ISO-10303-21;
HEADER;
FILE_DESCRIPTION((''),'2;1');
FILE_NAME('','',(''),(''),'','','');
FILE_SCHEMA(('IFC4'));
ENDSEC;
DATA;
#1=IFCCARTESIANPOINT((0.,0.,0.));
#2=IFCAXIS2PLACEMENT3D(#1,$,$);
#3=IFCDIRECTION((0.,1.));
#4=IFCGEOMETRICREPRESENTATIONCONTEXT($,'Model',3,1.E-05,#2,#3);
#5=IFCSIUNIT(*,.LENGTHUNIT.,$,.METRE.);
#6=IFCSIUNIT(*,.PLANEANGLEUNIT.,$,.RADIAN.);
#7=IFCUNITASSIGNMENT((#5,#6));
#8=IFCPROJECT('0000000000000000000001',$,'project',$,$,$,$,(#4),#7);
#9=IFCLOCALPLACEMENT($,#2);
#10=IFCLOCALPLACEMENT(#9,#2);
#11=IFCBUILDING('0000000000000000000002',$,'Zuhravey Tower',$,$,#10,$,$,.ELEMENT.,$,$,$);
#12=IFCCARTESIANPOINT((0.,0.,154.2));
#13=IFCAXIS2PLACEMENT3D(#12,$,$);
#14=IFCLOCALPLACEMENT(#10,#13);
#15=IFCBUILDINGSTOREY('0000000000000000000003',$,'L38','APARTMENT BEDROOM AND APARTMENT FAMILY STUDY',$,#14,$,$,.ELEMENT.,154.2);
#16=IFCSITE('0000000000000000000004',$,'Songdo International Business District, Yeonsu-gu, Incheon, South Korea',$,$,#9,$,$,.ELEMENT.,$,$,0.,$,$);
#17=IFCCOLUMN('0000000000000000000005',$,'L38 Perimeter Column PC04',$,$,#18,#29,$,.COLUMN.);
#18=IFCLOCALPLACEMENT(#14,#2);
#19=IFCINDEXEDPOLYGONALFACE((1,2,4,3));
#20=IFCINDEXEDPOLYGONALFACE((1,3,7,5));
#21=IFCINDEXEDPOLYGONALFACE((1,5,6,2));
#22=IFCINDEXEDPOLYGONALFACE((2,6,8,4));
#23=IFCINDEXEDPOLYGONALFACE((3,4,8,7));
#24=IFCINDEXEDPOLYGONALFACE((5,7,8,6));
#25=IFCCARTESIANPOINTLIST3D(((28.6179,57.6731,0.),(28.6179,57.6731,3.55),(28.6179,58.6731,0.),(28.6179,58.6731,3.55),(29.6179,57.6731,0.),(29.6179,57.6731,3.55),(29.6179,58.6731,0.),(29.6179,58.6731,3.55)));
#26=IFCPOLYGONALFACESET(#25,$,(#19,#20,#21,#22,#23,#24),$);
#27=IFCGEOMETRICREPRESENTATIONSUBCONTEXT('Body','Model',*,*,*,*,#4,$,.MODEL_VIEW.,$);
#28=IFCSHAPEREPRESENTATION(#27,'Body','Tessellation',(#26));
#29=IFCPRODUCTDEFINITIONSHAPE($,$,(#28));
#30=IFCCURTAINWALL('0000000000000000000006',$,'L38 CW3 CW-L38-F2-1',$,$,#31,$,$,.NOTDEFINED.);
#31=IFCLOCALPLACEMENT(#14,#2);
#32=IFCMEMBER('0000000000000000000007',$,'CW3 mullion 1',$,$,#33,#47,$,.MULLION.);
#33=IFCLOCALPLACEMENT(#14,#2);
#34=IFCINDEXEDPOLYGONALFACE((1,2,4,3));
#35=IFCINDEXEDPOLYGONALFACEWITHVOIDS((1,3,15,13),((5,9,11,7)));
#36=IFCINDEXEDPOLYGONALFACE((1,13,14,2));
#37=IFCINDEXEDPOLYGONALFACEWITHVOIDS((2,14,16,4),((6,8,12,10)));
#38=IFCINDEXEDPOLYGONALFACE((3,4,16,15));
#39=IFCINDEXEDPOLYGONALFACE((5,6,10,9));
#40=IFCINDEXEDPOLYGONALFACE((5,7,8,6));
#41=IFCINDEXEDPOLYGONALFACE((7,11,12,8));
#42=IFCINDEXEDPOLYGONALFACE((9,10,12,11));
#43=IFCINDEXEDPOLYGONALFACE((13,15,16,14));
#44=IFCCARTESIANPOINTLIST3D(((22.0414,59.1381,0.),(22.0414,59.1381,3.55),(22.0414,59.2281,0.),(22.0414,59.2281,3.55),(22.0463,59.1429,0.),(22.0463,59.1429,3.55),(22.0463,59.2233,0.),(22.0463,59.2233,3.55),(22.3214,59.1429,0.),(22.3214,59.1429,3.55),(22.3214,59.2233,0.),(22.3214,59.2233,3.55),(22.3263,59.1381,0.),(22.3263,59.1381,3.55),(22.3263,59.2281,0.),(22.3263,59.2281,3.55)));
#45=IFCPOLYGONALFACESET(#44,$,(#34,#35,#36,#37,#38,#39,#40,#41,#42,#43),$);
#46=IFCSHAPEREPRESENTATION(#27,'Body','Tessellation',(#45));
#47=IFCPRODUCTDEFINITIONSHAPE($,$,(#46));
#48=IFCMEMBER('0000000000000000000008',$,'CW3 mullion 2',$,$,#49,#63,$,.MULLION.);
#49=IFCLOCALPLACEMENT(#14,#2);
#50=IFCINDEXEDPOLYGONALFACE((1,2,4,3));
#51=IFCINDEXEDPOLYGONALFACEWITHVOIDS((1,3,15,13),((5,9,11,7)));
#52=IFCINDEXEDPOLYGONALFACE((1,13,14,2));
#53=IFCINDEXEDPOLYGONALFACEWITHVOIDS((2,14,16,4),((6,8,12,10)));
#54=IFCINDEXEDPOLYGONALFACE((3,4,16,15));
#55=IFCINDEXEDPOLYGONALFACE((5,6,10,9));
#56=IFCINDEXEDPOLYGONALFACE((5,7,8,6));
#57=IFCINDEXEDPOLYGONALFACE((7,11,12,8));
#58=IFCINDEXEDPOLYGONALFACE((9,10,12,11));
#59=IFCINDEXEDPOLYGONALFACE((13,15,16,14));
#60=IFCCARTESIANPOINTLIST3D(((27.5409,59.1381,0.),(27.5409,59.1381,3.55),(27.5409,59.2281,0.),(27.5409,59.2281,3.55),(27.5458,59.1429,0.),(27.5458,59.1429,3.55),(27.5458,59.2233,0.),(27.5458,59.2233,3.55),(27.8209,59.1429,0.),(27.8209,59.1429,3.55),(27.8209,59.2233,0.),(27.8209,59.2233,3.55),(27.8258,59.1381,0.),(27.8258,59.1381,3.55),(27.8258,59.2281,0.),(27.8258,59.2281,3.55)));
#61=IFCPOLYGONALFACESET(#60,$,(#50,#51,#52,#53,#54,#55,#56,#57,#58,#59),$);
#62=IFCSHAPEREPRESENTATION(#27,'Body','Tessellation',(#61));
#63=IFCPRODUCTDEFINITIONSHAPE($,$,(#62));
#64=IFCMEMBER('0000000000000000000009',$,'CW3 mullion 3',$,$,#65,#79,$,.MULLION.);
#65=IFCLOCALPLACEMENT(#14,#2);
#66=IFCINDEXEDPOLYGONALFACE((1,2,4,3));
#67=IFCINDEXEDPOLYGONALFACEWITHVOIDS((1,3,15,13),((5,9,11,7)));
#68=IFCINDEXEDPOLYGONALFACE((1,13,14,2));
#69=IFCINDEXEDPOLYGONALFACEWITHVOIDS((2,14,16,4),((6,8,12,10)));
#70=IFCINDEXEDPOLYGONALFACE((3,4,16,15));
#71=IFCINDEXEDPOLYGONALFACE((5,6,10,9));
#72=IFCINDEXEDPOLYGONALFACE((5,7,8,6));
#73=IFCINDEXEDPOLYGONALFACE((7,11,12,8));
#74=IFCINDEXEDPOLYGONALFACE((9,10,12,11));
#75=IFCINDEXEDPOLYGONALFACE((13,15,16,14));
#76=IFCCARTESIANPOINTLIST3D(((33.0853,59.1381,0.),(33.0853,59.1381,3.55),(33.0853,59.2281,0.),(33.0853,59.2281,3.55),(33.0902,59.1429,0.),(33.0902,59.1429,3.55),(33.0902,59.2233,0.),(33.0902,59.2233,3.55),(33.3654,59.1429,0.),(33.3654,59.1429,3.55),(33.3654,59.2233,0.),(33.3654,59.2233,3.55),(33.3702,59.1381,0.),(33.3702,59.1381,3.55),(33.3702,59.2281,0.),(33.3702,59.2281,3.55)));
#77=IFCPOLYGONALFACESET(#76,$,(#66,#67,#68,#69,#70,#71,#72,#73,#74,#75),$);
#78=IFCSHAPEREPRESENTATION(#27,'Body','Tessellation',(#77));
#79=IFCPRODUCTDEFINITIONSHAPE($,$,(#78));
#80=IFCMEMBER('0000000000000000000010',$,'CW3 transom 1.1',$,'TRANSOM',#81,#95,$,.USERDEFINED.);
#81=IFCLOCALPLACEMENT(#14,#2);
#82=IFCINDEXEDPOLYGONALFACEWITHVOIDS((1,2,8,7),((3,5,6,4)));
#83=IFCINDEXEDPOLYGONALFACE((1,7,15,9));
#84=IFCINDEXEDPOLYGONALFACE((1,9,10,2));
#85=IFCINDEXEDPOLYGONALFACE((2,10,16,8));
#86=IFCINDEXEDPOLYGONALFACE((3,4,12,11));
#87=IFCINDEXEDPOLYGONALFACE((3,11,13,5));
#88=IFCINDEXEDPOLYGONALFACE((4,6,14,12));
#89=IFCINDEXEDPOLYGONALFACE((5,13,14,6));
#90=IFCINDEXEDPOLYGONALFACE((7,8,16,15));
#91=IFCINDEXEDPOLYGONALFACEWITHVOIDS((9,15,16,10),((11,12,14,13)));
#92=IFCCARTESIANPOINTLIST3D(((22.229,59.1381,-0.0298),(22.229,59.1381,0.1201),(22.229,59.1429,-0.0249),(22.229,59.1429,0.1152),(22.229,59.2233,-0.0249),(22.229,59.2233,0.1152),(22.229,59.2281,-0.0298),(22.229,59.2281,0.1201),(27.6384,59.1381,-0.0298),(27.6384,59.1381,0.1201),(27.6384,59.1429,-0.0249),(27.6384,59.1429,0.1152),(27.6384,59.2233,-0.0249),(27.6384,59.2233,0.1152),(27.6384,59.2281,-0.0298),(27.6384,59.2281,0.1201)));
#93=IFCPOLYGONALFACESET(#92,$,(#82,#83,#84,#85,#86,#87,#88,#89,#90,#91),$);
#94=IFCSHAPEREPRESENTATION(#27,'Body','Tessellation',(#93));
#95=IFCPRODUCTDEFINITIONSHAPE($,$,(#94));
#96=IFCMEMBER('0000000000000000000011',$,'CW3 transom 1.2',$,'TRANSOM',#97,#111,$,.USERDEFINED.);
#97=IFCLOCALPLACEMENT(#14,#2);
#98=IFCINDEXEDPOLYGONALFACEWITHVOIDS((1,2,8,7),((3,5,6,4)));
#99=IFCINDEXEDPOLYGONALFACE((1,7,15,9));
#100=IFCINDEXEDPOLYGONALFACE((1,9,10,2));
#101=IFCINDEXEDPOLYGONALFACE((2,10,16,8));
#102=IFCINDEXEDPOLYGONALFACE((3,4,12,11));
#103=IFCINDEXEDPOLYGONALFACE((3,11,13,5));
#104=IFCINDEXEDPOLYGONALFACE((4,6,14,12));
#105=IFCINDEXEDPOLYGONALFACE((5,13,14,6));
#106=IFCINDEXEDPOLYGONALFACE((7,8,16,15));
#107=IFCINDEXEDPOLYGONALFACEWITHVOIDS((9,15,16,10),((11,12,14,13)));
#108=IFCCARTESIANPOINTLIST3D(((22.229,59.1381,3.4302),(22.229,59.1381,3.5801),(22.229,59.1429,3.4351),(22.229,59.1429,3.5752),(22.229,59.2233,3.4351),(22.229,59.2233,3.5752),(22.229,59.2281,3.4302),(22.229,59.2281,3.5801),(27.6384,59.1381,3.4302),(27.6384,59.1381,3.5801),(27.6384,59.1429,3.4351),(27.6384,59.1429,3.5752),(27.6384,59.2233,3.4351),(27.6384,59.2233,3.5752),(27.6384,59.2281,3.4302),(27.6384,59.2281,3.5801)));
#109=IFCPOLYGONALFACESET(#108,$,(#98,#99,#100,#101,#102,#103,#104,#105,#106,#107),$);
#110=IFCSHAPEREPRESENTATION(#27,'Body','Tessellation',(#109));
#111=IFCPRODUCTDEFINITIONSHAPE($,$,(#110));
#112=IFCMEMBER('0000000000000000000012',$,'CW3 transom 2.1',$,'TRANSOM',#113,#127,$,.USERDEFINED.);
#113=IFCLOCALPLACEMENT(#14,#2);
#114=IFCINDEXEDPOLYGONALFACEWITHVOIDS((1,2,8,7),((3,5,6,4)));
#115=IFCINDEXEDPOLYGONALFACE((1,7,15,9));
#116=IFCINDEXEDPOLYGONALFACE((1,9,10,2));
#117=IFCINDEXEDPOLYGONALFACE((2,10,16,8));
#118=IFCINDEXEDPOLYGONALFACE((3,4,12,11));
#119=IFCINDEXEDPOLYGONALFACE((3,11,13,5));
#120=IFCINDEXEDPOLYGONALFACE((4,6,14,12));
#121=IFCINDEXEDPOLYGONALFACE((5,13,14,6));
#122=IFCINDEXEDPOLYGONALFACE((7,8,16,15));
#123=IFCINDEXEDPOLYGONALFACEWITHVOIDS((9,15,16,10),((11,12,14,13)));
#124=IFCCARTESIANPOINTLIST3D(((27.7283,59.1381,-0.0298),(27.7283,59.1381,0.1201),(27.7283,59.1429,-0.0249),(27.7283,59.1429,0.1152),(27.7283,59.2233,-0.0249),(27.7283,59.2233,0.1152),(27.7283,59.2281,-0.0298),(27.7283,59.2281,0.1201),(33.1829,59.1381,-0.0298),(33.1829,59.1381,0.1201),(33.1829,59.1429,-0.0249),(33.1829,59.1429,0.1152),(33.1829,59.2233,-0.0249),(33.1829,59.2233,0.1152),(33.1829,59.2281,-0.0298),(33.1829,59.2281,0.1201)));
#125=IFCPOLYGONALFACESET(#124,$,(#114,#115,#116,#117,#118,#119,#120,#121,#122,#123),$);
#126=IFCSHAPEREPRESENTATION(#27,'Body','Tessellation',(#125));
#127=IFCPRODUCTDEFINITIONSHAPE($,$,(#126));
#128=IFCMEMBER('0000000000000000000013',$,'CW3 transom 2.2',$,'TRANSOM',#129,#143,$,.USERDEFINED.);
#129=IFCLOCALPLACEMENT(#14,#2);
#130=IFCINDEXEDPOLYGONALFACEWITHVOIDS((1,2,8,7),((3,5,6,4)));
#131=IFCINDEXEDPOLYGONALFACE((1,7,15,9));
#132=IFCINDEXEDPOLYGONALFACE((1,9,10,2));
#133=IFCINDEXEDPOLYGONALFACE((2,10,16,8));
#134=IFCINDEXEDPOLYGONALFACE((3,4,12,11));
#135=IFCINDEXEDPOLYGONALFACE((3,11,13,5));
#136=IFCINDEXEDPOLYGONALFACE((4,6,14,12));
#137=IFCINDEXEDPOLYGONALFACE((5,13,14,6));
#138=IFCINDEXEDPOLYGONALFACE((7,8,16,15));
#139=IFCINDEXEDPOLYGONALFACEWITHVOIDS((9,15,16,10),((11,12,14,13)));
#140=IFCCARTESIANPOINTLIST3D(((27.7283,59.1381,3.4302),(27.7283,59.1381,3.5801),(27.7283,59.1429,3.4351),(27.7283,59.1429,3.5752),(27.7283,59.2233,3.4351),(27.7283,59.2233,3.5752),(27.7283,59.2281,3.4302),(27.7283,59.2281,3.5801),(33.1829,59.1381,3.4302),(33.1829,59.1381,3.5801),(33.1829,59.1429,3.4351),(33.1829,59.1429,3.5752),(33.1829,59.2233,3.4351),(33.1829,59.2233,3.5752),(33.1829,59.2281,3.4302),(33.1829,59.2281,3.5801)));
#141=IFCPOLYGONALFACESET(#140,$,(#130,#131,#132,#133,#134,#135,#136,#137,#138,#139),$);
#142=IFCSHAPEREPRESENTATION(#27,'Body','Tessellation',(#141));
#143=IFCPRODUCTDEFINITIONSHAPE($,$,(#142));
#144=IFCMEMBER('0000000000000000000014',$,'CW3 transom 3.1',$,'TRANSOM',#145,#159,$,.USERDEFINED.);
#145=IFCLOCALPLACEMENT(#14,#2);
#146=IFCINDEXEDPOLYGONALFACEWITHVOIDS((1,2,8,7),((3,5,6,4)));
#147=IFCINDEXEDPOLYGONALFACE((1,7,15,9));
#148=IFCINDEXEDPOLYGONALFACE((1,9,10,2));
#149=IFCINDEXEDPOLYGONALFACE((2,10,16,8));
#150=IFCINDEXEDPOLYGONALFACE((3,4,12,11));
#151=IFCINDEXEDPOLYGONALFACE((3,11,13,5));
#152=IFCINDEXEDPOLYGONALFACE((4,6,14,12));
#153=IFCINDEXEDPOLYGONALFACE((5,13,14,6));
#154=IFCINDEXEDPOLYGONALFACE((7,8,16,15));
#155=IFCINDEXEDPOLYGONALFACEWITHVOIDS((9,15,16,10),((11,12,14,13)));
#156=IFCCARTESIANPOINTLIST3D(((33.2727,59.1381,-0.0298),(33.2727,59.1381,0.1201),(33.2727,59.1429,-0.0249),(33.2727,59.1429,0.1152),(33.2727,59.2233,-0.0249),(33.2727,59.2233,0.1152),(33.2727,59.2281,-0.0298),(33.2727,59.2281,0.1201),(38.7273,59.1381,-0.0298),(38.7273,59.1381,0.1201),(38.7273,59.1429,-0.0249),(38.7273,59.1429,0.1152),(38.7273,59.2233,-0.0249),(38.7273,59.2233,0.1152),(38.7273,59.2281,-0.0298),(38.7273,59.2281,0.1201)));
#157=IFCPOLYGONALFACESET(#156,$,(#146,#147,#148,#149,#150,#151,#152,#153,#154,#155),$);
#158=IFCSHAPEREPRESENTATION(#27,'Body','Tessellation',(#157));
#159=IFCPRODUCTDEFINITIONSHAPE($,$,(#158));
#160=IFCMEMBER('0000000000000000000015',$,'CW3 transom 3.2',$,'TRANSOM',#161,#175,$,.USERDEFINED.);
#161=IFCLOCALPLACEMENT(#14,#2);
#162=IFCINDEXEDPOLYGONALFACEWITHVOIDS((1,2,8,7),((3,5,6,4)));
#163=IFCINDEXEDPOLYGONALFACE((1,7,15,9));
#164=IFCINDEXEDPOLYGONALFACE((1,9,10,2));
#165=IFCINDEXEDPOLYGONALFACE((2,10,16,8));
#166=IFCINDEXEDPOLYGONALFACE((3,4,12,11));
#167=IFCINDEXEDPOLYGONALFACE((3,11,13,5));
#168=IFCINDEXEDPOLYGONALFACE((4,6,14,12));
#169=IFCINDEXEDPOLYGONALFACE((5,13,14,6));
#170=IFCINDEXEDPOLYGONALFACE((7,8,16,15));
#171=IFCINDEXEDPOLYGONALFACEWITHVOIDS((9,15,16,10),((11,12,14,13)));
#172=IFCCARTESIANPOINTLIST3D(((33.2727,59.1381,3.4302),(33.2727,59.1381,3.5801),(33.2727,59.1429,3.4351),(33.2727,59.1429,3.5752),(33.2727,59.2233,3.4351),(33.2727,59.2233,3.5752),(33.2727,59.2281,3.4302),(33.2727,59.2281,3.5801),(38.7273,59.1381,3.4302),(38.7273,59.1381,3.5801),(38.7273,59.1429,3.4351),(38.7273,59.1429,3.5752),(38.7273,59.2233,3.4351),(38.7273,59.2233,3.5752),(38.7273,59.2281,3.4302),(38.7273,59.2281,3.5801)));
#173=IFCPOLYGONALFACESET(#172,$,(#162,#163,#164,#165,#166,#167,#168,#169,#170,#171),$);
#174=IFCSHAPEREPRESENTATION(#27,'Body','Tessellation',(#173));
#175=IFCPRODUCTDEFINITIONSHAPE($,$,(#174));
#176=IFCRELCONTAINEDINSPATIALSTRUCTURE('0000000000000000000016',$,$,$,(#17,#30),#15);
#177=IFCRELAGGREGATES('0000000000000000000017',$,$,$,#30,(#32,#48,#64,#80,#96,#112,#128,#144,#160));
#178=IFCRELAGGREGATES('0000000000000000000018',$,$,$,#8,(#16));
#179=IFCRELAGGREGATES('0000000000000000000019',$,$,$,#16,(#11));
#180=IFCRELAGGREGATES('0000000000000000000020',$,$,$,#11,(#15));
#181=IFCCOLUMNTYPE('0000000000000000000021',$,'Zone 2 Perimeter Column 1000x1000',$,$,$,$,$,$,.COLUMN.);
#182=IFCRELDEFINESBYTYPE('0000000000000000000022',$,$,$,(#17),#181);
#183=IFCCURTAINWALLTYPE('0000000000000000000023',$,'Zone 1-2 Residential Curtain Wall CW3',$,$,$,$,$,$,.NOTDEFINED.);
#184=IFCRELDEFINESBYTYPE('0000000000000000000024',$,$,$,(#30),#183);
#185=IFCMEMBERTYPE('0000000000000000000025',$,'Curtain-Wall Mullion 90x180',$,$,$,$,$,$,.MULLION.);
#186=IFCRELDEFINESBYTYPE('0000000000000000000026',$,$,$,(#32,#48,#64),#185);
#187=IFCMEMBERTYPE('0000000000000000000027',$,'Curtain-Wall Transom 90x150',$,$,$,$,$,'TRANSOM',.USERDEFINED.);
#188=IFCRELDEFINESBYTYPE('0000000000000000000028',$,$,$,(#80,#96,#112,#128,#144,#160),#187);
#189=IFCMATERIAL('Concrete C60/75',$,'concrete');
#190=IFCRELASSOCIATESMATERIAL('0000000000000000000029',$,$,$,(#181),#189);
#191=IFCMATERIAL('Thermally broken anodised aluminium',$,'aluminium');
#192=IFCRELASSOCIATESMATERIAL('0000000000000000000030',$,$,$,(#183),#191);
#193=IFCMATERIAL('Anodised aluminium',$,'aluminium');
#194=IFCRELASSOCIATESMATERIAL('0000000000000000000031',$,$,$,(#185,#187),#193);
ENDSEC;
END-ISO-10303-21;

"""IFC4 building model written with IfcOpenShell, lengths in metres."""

from ifc_helpers import new_model, si_unit, direction, frame, origin, origin_2d, place, context, subcontext, project, spatial, rectangle, hollow_rectangle, extrude, material, material_profile, profile_set, type_object, element, aggregate, save


model = new_model("IFC4")

# Units and contexts
model_context = context("Model", 3, precision=1e-05, world=origin(), true_north=direction((0.0, 1.0)))
body_context = subcontext(model_context, "Body", "Model", "MODEL_VIEW")
ifc_project = project(units=[si_unit("LENGTHUNIT", "METRE"), si_unit("PLANEANGLEUNIT", "RADIAN")], contexts=[model_context])

# Site, building, storey
site_placement = place(None, origin())
site = spatial("IfcSite", under=ifc_project, at=site_placement, Name="Songdo International Business District, Yeonsu-gu, Incheon, South Korea", CompositionType="ELEMENT", RefElevation=0.0)
building_placement = place(site_placement, origin())
building = spatial("IfcBuilding", under=site, at=building_placement, Name="Zuhravey Tower", CompositionType="ELEMENT")
storey_placement = place(building_placement, frame((0.0, 0.0, 154.2)))
storey = spatial("IfcBuildingStorey", under=building, at=storey_placement, Name="L38", Description="APARTMENT BEDROOM AND APARTMENT FAMILY STUDY", CompositionType="ELEMENT", Elevation=154.2)

# Column
ifc_material_1 = material(Name="Concrete C60/75", Category="concrete")
ifc_material_profile_1 = material_profile(ifc_material_1, rectangle(XDim=1.0, YDim=1.0, at=origin_2d()), Name="RC-1000x1000")
ifc_profile_set_1 = profile_set([ifc_material_profile_1], Name="Concrete C60/75")
column_type = type_object("IfcColumnType", Name="Zone 2 Perimeter Column 1000x1000", PredefinedType="COLUMN", material=ifc_profile_set_1)
column_placement = place(storey_placement, frame((29.1179, 58.1731, 0.0), z_axis=(0.0, 0.0, 1.0), x_axis=(-1.0, 0.0, 0.0)))
element("IfcColumn", 1, at=column_placement, inside=storey, type_object=column_type, Name="L38 Perimeter Column PC04", PredefinedType="COLUMN", context=body_context, shape_type="SweptSolid", body=[
    extrude(rectangle(XDim=1.0, YDim=1.0, at=origin_2d()), origin(), (0.0, 0.0, 1.0), 3.55),
])

# Curtain wall, members
ifc_material_2 = material(Name="Thermally broken anodised aluminium", Category="aluminium")
curtain_wall_type = type_object("IfcCurtainWallType", Name="Zone 1-2 Residential Curtain Wall CW3", PredefinedType="NOTDEFINED", material=ifc_material_2)
curtain_wall_placement = place(storey_placement, origin())
curtain_wall = element("IfcCurtainWall", 2, at=curtain_wall_placement, inside=storey, type_object=curtain_wall_type, Name="L38 CW3 CW-L38-F2-1", PredefinedType="NOTDEFINED")
ifc_material_3 = material(Name="Anodised aluminium", Category="aluminium")
ifc_material_profile_2 = material_profile(ifc_material_3, hollow_rectangle(XDim=0.0901, YDim=0.2849, WallThickness=0.0049, at=origin_2d()), Name="ALU-RHS-90x285x5")
ifc_profile_set_2 = profile_set([ifc_material_profile_2], Name="Anodised aluminium")
member_type_1 = type_object("IfcMemberType", Name="Curtain-Wall Mullion 90x180", PredefinedType="MULLION", material=ifc_profile_set_2)
member_1_placement = place(storey_placement, frame((22.1838, 59.1831, 0.0), z_axis=(0.0, 0.0, 1.0), x_axis=(0.0, 1.0, 0.0)))
member_1 = element("IfcMember", 3, at=member_1_placement, type_object=member_type_1, Name="CW3 mullion 1", PredefinedType="MULLION", context=body_context, shape_type="SweptSolid", body=[
    extrude(hollow_rectangle(XDim=0.0901, YDim=0.2849, WallThickness=0.0049, at=origin_2d()), origin(), (0.0, 0.0, 1.0), 3.55),
])
member_2_placement = place(storey_placement, frame((27.6833, 59.1831, 0.0), z_axis=(0.0, 0.0, 1.0), x_axis=(0.0, 1.0, 0.0)))
member_2 = element("IfcMember", 4, at=member_2_placement, type_object=member_type_1, Name="CW3 mullion 2", PredefinedType="MULLION", context=body_context, shape_type="SweptSolid", body=[
    extrude(hollow_rectangle(XDim=0.0901, YDim=0.2849, WallThickness=0.0049, at=origin_2d()), origin(), (0.0, 0.0, 1.0), 3.55),
])
member_3_placement = place(storey_placement, frame((33.2278, 59.1831, 0.0), z_axis=(0.0, 0.0, 1.0), x_axis=(0.0, 1.0, 0.0)))
member_3 = element("IfcMember", 5, at=member_3_placement, type_object=member_type_1, Name="CW3 mullion 3", PredefinedType="MULLION", context=body_context, shape_type="SweptSolid", body=[
    extrude(hollow_rectangle(XDim=0.0901, YDim=0.2849, WallThickness=0.0049, at=origin_2d()), origin(), (0.0, 0.0, 1.0), 3.55),
])
ifc_material_profile_3 = material_profile(ifc_material_3, hollow_rectangle(XDim=0.0901, YDim=0.1499, WallThickness=0.0049, at=origin_2d()), Name="ALU-RHS-90x150x5")
ifc_profile_set_3 = profile_set([ifc_material_profile_3], Name="Anodised aluminium")
member_type_2 = type_object("IfcMemberType", Name="Curtain-Wall Transom 90x150", ElementType="TRANSOM", PredefinedType="USERDEFINED", material=ifc_profile_set_3)
member_4_placement = place(storey_placement, frame((22.229, 59.1831, 0.0452), z_axis=(1.0, 0.0, 0.0), x_axis=(0.0, 1.0, 0.0)))
member_4 = element("IfcMember", 6, at=member_4_placement, type_object=member_type_2, Name="CW3 transom 1.1", ObjectType="TRANSOM", PredefinedType="USERDEFINED", context=body_context, shape_type="SweptSolid", body=[
    extrude(hollow_rectangle(XDim=0.0901, YDim=0.1499, WallThickness=0.0049, at=origin_2d()), origin(), (0.0, 0.0, 1.0), 5.4094),
])
member_5_placement = place(storey_placement, frame((22.229, 59.1831, 3.5051), z_axis=(1.0, 0.0, 0.0), x_axis=(0.0, 1.0, 0.0)))
member_5 = element("IfcMember", 7, at=member_5_placement, type_object=member_type_2, Name="CW3 transom 1.2", ObjectType="TRANSOM", PredefinedType="USERDEFINED", context=body_context, shape_type="SweptSolid", body=[
    extrude(hollow_rectangle(XDim=0.0901, YDim=0.1499, WallThickness=0.0049, at=origin_2d()), origin(), (0.0, 0.0, 1.0), 5.4094),
])
member_6_placement = place(storey_placement, frame((27.7283, 59.1831, 0.0452), z_axis=(1.0, 0.0, 0.0), x_axis=(0.0, 1.0, 0.0)))
member_6 = element("IfcMember", 8, at=member_6_placement, type_object=member_type_2, Name="CW3 transom 2.1", ObjectType="TRANSOM", PredefinedType="USERDEFINED", context=body_context, shape_type="SweptSolid", body=[
    extrude(hollow_rectangle(XDim=0.0901, YDim=0.1499, WallThickness=0.0049, at=origin_2d()), origin(), (0.0, 0.0, 1.0), 5.4546),
])
member_7_placement = place(storey_placement, frame((27.7283, 59.1831, 3.5051), z_axis=(1.0, 0.0, 0.0), x_axis=(0.0, 1.0, 0.0)))
member_7 = element("IfcMember", 9, at=member_7_placement, type_object=member_type_2, Name="CW3 transom 2.2", ObjectType="TRANSOM", PredefinedType="USERDEFINED", context=body_context, shape_type="SweptSolid", body=[
    extrude(hollow_rectangle(XDim=0.0901, YDim=0.1499, WallThickness=0.0049, at=origin_2d()), origin(), (0.0, 0.0, 1.0), 5.4546),
])
member_8_placement = place(storey_placement, frame((33.2727, 59.1831, 0.0452), z_axis=(1.0, 0.0, 0.0), x_axis=(0.0, 1.0, 0.0)))
member_8 = element("IfcMember", 10, at=member_8_placement, type_object=member_type_2, Name="CW3 transom 3.1", ObjectType="TRANSOM", PredefinedType="USERDEFINED", context=body_context, shape_type="SweptSolid", body=[
    extrude(hollow_rectangle(XDim=0.0901, YDim=0.1499, WallThickness=0.0049, at=origin_2d()), origin(), (0.0, 0.0, 1.0), 5.4546),
])
member_9_placement = place(storey_placement, frame((33.2727, 59.1831, 3.5051), z_axis=(1.0, 0.0, 0.0), x_axis=(0.0, 1.0, 0.0)))
member_9 = element("IfcMember", 11, at=member_9_placement, type_object=member_type_2, Name="CW3 transom 3.2", ObjectType="TRANSOM", PredefinedType="USERDEFINED", context=body_context, shape_type="SweptSolid", body=[
    extrude(hollow_rectangle(XDim=0.0901, YDim=0.1499, WallThickness=0.0049, at=origin_2d()), origin(), (0.0, 0.0, 1.0), 5.4546),
])

aggregate(curtain_wall, [member_1, member_2, member_3, member_4, member_5, member_6, member_7, member_8, member_9])

save(model, "model.ifc")
